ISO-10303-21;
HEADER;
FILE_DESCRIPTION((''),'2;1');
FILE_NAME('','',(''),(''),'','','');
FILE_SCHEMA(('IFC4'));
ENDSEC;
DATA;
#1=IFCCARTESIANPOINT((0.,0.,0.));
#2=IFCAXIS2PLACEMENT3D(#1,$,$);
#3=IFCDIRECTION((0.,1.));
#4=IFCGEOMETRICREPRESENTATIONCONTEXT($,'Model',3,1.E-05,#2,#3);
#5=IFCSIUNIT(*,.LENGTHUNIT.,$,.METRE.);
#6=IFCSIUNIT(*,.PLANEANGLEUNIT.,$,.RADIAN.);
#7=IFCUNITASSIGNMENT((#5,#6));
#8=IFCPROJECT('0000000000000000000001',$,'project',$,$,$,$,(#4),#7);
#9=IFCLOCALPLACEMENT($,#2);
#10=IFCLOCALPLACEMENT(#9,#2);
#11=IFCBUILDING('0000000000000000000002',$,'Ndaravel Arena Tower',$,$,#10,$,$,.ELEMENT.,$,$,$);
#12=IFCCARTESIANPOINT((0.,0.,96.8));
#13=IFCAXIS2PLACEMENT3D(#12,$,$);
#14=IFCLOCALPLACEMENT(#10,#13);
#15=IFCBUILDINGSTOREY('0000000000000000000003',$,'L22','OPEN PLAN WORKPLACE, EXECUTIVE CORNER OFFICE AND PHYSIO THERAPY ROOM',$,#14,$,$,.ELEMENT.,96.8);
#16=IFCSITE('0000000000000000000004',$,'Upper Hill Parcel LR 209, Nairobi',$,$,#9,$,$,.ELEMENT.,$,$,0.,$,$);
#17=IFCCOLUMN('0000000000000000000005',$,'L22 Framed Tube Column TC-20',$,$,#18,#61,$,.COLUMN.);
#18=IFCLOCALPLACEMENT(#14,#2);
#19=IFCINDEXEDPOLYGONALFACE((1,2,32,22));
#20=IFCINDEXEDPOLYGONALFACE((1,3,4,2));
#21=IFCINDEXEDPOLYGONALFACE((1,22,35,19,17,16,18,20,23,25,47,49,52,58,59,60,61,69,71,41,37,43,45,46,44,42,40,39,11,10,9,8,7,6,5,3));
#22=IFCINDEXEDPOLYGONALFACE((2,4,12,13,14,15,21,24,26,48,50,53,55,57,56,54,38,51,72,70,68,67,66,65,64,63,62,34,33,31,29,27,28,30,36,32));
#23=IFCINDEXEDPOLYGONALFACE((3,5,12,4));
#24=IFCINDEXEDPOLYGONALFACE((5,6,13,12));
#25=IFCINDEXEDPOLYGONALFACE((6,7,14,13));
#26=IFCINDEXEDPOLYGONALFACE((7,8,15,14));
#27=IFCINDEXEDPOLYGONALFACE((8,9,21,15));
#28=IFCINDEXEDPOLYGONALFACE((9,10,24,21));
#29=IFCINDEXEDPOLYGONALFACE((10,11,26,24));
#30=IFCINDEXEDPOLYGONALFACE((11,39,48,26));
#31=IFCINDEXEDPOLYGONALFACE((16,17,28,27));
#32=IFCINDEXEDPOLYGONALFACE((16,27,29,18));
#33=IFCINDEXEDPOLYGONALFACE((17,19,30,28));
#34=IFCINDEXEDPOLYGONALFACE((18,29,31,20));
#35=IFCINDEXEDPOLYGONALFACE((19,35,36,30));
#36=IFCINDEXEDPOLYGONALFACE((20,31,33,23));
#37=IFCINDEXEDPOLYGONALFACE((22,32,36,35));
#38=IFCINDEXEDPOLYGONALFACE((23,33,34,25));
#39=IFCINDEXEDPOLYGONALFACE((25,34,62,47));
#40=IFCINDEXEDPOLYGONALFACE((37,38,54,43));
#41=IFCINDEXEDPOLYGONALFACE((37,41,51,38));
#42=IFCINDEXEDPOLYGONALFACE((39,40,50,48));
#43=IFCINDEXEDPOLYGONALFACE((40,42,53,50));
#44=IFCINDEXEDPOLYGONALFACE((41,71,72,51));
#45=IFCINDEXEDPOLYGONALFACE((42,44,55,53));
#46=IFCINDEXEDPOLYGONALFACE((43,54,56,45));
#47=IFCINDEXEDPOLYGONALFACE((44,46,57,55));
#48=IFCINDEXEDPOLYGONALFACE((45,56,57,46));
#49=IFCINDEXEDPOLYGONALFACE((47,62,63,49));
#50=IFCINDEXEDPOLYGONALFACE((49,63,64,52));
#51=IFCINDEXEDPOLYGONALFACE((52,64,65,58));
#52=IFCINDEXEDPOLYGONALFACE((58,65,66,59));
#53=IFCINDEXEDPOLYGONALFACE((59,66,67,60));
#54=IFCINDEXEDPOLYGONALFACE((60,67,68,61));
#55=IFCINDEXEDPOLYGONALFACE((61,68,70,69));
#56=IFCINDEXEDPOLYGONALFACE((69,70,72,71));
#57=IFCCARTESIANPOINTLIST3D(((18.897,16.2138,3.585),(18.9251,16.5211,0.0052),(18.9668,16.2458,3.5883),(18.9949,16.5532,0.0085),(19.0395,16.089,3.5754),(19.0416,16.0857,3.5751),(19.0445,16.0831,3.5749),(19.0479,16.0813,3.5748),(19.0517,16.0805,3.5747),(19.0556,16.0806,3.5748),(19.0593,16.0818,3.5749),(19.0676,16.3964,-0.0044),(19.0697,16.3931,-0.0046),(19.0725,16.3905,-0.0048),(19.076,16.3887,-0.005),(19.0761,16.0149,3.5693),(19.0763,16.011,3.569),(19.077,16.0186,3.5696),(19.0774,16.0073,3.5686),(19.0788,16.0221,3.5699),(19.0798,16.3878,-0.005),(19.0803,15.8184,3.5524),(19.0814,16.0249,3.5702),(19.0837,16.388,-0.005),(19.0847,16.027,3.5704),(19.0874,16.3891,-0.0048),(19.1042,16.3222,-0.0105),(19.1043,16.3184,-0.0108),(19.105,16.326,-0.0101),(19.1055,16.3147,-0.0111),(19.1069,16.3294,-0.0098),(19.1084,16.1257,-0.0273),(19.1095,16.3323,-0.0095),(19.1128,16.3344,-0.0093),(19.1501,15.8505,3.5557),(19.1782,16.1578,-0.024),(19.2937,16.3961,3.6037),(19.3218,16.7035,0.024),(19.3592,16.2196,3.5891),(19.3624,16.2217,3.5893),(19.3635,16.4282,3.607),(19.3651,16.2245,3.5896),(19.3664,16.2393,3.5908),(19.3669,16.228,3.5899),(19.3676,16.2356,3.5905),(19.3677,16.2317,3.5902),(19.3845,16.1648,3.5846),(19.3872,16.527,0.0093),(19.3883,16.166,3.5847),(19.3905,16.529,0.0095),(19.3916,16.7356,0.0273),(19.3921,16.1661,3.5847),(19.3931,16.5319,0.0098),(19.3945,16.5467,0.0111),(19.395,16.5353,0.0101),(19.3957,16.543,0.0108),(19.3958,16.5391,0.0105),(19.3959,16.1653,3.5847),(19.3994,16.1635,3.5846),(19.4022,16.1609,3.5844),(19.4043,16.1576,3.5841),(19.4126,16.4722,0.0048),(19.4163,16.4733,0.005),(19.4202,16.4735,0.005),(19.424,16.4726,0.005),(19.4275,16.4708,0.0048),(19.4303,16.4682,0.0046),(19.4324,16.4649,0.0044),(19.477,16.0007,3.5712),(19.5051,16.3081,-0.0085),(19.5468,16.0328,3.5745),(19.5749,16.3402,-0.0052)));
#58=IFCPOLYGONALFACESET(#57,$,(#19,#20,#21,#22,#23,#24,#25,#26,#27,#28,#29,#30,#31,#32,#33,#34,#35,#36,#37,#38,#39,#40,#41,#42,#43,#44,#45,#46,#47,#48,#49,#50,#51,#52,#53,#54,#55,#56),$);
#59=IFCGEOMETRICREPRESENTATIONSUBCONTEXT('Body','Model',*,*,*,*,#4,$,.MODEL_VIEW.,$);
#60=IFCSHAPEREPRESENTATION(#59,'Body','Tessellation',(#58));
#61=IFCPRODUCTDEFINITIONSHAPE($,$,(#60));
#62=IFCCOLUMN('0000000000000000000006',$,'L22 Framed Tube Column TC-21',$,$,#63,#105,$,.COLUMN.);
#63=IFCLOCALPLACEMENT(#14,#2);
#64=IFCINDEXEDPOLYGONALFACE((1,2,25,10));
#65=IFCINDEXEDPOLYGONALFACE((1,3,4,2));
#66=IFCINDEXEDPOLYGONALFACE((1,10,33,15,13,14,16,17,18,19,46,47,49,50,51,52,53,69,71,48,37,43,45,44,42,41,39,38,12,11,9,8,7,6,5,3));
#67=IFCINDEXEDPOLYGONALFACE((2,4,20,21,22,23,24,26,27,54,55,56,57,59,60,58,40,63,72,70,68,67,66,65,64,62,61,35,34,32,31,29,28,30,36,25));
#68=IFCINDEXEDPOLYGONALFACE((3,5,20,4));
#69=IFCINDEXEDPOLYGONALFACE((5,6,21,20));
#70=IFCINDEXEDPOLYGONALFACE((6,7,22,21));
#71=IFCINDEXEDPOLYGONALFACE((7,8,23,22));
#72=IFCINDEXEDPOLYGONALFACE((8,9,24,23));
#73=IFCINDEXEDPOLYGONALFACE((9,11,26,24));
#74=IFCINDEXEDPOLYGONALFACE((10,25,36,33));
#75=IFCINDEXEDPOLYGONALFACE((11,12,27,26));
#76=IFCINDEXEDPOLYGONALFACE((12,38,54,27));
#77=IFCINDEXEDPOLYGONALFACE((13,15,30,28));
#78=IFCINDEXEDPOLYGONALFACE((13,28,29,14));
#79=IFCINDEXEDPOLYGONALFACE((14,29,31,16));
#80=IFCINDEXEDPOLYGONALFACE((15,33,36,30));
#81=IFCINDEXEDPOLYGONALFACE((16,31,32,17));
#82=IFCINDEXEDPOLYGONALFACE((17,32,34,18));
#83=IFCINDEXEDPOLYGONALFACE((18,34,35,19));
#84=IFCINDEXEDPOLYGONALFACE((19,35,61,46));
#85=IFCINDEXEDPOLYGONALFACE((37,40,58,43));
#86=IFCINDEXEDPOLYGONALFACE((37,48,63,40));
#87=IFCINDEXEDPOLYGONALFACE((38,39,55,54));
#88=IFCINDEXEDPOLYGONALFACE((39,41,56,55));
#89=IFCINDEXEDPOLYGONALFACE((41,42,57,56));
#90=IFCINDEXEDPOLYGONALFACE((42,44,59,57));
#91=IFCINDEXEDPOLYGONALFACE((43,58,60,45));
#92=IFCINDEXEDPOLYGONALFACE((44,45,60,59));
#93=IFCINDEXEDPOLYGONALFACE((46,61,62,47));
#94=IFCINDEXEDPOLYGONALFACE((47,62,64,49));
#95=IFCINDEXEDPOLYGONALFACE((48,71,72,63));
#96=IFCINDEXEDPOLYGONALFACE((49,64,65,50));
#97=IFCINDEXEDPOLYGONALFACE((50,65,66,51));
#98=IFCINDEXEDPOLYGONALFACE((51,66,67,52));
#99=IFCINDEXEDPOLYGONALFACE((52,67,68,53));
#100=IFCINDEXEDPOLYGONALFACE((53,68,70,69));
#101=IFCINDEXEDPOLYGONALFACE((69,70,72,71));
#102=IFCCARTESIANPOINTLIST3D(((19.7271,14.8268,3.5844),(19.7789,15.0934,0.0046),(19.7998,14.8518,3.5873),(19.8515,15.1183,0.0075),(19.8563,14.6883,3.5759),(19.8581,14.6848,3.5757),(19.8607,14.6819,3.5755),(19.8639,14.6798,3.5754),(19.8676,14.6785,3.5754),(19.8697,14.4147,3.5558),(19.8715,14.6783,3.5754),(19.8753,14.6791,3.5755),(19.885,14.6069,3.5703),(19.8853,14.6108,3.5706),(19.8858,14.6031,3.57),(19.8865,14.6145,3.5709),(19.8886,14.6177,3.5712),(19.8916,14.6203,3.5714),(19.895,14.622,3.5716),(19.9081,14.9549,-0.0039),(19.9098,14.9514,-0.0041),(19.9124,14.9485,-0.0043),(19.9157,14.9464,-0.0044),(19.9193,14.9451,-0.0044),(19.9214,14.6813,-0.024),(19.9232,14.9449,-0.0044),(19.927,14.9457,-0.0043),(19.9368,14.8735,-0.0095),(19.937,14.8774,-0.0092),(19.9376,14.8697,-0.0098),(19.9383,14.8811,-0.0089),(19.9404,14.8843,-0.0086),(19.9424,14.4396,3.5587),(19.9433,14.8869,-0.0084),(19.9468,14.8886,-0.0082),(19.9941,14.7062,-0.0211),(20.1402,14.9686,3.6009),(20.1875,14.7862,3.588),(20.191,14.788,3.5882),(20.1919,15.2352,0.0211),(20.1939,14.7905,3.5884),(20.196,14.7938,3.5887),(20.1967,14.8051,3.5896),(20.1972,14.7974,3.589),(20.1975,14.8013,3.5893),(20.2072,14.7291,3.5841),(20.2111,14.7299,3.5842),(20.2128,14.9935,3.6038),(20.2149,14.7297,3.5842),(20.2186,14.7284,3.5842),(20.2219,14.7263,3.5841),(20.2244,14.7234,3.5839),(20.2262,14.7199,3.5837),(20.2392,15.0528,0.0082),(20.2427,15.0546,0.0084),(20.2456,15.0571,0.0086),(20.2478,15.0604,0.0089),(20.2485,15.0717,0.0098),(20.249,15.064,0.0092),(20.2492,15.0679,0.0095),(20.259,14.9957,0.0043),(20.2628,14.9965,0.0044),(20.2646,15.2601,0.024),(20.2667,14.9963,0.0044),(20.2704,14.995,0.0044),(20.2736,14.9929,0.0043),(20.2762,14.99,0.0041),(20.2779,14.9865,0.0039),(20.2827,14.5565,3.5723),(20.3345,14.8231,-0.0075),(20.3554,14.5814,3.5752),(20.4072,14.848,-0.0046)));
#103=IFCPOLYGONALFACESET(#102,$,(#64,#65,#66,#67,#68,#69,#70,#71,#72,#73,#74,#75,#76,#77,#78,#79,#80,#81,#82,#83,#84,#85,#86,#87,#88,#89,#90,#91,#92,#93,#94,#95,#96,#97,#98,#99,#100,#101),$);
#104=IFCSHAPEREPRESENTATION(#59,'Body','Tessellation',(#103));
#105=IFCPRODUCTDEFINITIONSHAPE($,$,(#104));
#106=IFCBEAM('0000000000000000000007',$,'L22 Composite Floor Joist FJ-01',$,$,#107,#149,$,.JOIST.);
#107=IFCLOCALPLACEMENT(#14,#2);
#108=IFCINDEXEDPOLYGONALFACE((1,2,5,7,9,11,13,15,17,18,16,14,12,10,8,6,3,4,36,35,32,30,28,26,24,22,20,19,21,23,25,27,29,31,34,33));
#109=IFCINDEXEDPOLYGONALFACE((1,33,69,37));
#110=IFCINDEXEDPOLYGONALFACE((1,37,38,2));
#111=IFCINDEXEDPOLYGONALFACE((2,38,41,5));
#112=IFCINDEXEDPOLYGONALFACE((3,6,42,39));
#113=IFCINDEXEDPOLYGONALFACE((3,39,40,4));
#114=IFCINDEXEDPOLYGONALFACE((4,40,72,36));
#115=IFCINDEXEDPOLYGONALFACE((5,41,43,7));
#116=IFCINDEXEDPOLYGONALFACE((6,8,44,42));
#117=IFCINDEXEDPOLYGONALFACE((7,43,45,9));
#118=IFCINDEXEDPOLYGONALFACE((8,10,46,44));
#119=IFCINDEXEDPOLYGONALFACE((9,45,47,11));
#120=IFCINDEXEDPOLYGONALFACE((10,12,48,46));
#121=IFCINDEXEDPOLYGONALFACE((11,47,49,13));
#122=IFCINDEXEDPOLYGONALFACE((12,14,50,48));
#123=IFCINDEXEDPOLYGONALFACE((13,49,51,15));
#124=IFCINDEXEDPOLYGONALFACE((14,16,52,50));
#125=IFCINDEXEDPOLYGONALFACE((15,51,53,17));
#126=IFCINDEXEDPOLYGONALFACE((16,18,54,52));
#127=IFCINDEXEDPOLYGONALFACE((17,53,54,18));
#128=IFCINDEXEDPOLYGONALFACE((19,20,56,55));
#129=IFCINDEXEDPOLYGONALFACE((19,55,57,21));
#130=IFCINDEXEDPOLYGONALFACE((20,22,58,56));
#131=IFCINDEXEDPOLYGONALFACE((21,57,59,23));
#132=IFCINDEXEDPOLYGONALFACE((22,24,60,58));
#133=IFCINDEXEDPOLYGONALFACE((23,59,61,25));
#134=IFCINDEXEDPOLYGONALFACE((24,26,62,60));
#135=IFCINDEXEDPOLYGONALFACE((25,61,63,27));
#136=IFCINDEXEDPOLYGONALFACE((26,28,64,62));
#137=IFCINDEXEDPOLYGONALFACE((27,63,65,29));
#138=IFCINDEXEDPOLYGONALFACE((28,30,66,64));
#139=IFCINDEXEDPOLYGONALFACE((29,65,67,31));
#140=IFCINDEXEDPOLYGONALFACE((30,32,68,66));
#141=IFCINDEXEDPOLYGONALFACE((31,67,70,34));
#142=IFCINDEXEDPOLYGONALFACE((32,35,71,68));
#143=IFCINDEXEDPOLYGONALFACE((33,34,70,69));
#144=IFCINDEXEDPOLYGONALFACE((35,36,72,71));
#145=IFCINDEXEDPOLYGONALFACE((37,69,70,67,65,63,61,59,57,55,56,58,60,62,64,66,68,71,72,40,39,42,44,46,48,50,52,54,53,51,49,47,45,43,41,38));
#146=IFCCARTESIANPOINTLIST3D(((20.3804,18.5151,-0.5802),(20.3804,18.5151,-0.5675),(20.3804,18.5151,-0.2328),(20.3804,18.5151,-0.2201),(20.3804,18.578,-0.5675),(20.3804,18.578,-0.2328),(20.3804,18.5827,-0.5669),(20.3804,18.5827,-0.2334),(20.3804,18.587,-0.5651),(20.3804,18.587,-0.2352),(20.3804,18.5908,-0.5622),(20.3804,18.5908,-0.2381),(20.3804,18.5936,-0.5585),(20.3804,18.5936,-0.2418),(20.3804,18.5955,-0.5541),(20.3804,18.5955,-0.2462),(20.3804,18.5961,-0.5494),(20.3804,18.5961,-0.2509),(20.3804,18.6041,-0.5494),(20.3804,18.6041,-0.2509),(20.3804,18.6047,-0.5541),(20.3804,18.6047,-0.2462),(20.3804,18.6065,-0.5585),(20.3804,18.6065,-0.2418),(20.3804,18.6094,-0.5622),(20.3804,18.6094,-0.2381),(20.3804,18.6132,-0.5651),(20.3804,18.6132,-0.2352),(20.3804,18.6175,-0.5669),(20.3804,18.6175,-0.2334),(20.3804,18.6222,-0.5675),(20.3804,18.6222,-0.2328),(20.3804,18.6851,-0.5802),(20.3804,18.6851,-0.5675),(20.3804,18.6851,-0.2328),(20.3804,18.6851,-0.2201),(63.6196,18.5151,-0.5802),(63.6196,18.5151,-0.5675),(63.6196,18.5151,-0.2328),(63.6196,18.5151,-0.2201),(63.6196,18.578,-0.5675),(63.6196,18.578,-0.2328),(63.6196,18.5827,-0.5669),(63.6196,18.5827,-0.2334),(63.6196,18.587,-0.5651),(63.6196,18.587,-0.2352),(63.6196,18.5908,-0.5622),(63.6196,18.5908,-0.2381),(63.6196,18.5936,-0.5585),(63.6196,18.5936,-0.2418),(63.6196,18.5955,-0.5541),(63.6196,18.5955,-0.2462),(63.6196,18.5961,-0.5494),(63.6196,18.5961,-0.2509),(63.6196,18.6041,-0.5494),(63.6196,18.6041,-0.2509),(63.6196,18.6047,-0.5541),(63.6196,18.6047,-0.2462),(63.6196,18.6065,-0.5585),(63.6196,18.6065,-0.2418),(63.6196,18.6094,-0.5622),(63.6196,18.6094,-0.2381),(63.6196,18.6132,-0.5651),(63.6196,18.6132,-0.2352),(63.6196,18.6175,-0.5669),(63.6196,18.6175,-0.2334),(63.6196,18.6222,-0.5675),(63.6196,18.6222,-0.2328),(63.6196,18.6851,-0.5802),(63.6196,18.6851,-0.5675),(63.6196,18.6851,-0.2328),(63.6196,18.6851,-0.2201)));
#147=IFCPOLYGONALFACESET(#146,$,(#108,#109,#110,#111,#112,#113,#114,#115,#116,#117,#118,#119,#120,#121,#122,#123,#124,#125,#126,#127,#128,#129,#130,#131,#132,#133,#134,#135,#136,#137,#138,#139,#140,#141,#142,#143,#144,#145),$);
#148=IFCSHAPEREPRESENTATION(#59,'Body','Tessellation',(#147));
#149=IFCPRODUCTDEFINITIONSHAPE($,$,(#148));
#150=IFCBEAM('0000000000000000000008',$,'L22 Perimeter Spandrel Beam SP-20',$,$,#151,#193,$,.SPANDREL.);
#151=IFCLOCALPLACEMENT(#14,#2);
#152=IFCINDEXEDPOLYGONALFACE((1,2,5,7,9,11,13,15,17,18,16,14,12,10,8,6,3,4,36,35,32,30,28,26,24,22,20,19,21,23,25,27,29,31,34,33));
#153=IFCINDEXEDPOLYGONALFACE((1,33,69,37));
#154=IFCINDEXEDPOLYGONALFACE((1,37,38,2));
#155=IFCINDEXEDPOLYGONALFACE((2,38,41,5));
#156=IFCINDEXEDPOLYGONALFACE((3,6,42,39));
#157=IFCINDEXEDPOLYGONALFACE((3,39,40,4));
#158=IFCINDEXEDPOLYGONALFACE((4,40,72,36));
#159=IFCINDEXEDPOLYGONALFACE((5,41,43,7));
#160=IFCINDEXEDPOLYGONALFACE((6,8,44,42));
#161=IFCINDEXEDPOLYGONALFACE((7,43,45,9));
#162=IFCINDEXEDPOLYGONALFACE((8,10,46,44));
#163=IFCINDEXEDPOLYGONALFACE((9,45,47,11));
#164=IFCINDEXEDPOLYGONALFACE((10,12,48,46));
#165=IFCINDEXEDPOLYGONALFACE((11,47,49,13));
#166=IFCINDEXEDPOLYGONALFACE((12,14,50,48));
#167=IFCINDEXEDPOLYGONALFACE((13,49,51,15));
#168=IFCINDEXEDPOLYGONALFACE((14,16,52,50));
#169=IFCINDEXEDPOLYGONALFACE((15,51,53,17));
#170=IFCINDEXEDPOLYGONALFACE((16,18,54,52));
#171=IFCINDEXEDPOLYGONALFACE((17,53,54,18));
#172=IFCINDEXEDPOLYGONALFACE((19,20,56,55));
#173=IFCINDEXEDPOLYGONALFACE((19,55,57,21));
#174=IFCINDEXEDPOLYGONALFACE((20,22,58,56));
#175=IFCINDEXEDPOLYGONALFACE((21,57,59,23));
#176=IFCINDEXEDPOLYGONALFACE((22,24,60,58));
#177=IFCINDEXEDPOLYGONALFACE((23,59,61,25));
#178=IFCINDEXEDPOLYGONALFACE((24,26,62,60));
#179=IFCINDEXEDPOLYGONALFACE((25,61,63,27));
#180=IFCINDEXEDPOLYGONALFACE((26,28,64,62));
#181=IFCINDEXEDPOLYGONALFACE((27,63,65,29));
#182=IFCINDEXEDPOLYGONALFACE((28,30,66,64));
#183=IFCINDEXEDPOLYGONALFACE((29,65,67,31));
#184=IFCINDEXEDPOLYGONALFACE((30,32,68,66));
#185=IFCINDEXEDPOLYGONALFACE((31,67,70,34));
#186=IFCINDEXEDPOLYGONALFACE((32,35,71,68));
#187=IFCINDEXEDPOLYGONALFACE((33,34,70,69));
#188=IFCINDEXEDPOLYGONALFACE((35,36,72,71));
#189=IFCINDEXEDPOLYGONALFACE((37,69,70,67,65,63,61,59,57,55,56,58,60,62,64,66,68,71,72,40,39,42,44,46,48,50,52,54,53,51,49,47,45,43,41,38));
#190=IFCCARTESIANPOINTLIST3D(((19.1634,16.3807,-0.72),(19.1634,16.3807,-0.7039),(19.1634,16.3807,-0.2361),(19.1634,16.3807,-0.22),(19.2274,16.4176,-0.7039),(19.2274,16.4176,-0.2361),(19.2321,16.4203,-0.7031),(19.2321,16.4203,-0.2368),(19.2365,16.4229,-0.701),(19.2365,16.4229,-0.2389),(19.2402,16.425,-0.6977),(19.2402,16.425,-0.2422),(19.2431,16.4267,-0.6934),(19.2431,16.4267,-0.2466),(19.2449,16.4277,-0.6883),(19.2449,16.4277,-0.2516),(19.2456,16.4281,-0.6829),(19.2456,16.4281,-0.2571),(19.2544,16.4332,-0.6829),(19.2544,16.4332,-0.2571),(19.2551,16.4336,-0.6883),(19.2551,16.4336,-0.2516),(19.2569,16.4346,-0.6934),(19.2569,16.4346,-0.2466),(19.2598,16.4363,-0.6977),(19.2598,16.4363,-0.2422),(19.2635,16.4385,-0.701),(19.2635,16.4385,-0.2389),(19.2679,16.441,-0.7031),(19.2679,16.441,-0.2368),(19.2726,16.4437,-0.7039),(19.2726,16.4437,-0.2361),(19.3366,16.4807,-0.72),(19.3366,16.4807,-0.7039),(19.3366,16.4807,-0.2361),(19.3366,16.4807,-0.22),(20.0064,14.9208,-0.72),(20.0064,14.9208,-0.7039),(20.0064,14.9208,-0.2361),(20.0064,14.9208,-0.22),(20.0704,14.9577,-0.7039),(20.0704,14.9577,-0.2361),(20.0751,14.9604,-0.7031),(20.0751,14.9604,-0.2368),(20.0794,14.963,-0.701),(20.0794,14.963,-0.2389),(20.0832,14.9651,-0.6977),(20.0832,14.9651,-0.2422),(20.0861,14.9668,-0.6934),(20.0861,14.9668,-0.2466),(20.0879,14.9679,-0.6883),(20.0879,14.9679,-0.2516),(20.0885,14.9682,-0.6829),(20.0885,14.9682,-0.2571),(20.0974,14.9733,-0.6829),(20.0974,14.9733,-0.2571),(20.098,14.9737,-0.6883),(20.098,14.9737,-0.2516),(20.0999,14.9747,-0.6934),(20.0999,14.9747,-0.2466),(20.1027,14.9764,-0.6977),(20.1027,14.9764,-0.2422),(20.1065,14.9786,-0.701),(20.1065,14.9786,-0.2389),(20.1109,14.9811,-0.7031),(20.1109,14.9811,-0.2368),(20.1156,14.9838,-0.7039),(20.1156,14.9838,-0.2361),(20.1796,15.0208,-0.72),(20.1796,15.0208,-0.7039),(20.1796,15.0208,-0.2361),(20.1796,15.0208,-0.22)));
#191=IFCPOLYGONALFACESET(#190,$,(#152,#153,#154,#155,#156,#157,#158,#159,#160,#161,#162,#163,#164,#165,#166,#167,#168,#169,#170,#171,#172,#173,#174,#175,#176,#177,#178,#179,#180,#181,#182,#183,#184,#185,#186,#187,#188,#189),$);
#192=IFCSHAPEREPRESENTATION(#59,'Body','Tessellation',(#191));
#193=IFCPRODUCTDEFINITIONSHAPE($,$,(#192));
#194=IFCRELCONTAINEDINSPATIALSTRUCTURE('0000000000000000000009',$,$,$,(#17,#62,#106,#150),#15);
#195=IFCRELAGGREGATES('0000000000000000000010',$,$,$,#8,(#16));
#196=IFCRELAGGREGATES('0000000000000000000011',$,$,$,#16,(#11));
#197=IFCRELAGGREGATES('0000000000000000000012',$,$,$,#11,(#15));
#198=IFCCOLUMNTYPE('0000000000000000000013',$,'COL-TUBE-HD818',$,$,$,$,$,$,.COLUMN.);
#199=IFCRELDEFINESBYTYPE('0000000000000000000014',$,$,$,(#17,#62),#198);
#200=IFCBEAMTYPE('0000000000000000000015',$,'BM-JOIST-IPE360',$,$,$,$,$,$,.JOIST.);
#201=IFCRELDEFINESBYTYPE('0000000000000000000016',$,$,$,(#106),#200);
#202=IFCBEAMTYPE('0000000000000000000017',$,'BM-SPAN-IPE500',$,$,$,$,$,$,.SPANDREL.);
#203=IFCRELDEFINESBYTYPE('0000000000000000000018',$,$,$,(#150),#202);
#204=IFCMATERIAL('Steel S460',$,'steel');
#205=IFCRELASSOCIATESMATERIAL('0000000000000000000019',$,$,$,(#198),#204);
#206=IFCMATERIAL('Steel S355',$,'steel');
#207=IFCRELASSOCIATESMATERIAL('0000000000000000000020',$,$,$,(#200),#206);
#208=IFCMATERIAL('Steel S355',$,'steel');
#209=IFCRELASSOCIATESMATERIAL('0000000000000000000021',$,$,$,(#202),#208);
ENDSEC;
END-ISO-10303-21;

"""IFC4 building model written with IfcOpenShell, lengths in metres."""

from ifc_helpers import new_model, si_unit, direction, frame, origin, origin_2d, place, context, subcontext, project, spatial, i_section, extrude, material, material_profile, profile_set, type_object, element, save


model = new_model("IFC4")

# Units and contexts
model_context = context("Model", 3, precision=1e-05, world=origin(), true_north=direction((0.0, 1.0)))
body_context = subcontext(model_context, "Body", "Model", "MODEL_VIEW")
ifc_project = project(units=[si_unit("LENGTHUNIT", "METRE"), si_unit("PLANEANGLEUNIT", "RADIAN")], contexts=[model_context])

# Site, building, storey
site_placement = place(None, origin())
site = spatial("IfcSite", under=ifc_project, at=site_placement, Name="Upper Hill Parcel LR 209, Nairobi", CompositionType="ELEMENT", RefElevation=0.0)
building_placement = place(site_placement, origin())
building = spatial("IfcBuilding", under=site, at=building_placement, Name="Ndaravel Arena Tower", CompositionType="ELEMENT")
storey_placement = place(building_placement, frame((0.0, 0.0, 96.8)))
storey = spatial("IfcBuildingStorey", under=building, at=storey_placement, Name="L22", Description="OPEN PLAN WORKPLACE, EXECUTIVE CORNER OFFICE AND PHYSIO THERAPY ROOM", CompositionType="ELEMENT", Elevation=96.8)

# Columns
ifc_material_1 = material(Name="Steel S460", Category="steel")
ifc_material_profile_1 = material_profile(ifc_material_1, i_section(OverallWidth=0.437, OverallDepth=0.5139, WebThickness=0.0605, FlangeThickness=0.0769, FilletRadius=0.0149, at=origin_2d()), Name="HD 400x818")
ifc_profile_set_1 = profile_set([ifc_material_profile_1], Name="Steel S460")
column_type = type_object("IfcColumnType", Name="COL-TUBE-HD818", PredefinedType="COLUMN", material=ifc_profile_set_1)
column_1_placement = place(storey_placement, frame((19.25, 16.4307, 0.0), z_axis=(-0.007814, -0.085545, 0.996304), x_axis=(-0.419441, 0.904729, 0.074393)))
element("IfcColumn", 1, at=column_1_placement, inside=storey, type_object=column_type, Name="L22 Framed Tube Column TC-20", PredefinedType="COLUMN", context=body_context, shape_type="SweptSolid", body=[
    extrude(i_section(OverallWidth=0.437, OverallDepth=0.5139, WebThickness=0.0605, FlangeThickness=0.0769, FilletRadius=0.0149, at=origin_2d()), origin(), (0.0, 0.0, 1.0), 3.593),
])
column_2_placement = place(storey_placement, frame((20.093, 14.9707, 0.0), z_axis=(-0.014417, -0.07426, 0.997135), x_axis=(-0.326261, 0.943007, 0.065512)))
element("IfcColumn", 2, at=column_2_placement, inside=storey, type_object=column_type, Name="L22 Framed Tube Column TC-21", PredefinedType="COLUMN", context=body_context, shape_type="SweptSolid", body=[
    extrude(i_section(OverallWidth=0.437, OverallDepth=0.5139, WebThickness=0.0605, FlangeThickness=0.0769, FilletRadius=0.0149, at=origin_2d()), origin(), (0.0, 0.0, 1.0), 3.5901),
])

# Beams
ifc_material_2 = material(Name="Steel S355", Category="steel")
ifc_material_profile_2 = material_profile(ifc_material_2, i_section(OverallWidth=0.1699, OverallDepth=0.3601, WebThickness=0.0081, FlangeThickness=0.0127, FilletRadius=0.0181, at=origin_2d()), Name="IPE 360")
ifc_profile_set_2 = profile_set([ifc_material_profile_2], Name="Steel S355")
beam_type_1 = type_object("IfcBeamType", Name="BM-JOIST-IPE360", PredefinedType="JOIST", material=ifc_profile_set_2)
beam_1_placement = place(storey_placement, frame((20.3804, 18.6001, -0.4001), z_axis=(1.0, 0.0, 0.0), x_axis=(0.0, 1.0, 0.0)))
element("IfcBeam", 3, at=beam_1_placement, inside=storey, type_object=beam_type_1, Name="L22 Composite Floor Joist FJ-01", PredefinedType="JOIST", context=body_context, shape_type="SweptSolid", body=[
    extrude(i_section(OverallWidth=0.1699, OverallDepth=0.3601, WebThickness=0.0081, FlangeThickness=0.0127, FilletRadius=0.0181, at=origin_2d()), origin(), (0.0, 0.0, 1.0), 43.2393),
])
ifc_material_3 = material(Name="Steel S355", Category="steel")
ifc_material_profile_3 = material_profile(ifc_material_3, i_section(OverallWidth=0.2, OverallDepth=0.5, WebThickness=0.0103, FlangeThickness=0.0161, FilletRadius=0.021, at=origin_2d()), Name="IPE 500")
ifc_profile_set_3 = profile_set([ifc_material_profile_3], Name="Steel S355")
beam_type_2 = type_object("IfcBeamType", Name="BM-SPAN-IPE500", PredefinedType="SPANDREL", material=ifc_profile_set_3)
beam_2_placement = place(storey_placement, frame((19.25, 16.4307, -0.47), z_axis=(0.500048, -0.865997, 0.0), x_axis=(0.865997, 0.500048, 0.0)))
element("IfcBeam", 4, at=beam_2_placement, inside=storey, type_object=beam_type_2, Name="L22 Perimeter Spandrel Beam SP-20", PredefinedType="SPANDREL", context=body_context, shape_type="SweptSolid", body=[
    extrude(i_section(OverallWidth=0.2, OverallDepth=0.5, WebThickness=0.0103, FlangeThickness=0.0161, FilletRadius=0.021, at=origin_2d()), origin(), (0.0, 0.0, 1.0), 1.6858),
])

save(model, "model.ifc")
